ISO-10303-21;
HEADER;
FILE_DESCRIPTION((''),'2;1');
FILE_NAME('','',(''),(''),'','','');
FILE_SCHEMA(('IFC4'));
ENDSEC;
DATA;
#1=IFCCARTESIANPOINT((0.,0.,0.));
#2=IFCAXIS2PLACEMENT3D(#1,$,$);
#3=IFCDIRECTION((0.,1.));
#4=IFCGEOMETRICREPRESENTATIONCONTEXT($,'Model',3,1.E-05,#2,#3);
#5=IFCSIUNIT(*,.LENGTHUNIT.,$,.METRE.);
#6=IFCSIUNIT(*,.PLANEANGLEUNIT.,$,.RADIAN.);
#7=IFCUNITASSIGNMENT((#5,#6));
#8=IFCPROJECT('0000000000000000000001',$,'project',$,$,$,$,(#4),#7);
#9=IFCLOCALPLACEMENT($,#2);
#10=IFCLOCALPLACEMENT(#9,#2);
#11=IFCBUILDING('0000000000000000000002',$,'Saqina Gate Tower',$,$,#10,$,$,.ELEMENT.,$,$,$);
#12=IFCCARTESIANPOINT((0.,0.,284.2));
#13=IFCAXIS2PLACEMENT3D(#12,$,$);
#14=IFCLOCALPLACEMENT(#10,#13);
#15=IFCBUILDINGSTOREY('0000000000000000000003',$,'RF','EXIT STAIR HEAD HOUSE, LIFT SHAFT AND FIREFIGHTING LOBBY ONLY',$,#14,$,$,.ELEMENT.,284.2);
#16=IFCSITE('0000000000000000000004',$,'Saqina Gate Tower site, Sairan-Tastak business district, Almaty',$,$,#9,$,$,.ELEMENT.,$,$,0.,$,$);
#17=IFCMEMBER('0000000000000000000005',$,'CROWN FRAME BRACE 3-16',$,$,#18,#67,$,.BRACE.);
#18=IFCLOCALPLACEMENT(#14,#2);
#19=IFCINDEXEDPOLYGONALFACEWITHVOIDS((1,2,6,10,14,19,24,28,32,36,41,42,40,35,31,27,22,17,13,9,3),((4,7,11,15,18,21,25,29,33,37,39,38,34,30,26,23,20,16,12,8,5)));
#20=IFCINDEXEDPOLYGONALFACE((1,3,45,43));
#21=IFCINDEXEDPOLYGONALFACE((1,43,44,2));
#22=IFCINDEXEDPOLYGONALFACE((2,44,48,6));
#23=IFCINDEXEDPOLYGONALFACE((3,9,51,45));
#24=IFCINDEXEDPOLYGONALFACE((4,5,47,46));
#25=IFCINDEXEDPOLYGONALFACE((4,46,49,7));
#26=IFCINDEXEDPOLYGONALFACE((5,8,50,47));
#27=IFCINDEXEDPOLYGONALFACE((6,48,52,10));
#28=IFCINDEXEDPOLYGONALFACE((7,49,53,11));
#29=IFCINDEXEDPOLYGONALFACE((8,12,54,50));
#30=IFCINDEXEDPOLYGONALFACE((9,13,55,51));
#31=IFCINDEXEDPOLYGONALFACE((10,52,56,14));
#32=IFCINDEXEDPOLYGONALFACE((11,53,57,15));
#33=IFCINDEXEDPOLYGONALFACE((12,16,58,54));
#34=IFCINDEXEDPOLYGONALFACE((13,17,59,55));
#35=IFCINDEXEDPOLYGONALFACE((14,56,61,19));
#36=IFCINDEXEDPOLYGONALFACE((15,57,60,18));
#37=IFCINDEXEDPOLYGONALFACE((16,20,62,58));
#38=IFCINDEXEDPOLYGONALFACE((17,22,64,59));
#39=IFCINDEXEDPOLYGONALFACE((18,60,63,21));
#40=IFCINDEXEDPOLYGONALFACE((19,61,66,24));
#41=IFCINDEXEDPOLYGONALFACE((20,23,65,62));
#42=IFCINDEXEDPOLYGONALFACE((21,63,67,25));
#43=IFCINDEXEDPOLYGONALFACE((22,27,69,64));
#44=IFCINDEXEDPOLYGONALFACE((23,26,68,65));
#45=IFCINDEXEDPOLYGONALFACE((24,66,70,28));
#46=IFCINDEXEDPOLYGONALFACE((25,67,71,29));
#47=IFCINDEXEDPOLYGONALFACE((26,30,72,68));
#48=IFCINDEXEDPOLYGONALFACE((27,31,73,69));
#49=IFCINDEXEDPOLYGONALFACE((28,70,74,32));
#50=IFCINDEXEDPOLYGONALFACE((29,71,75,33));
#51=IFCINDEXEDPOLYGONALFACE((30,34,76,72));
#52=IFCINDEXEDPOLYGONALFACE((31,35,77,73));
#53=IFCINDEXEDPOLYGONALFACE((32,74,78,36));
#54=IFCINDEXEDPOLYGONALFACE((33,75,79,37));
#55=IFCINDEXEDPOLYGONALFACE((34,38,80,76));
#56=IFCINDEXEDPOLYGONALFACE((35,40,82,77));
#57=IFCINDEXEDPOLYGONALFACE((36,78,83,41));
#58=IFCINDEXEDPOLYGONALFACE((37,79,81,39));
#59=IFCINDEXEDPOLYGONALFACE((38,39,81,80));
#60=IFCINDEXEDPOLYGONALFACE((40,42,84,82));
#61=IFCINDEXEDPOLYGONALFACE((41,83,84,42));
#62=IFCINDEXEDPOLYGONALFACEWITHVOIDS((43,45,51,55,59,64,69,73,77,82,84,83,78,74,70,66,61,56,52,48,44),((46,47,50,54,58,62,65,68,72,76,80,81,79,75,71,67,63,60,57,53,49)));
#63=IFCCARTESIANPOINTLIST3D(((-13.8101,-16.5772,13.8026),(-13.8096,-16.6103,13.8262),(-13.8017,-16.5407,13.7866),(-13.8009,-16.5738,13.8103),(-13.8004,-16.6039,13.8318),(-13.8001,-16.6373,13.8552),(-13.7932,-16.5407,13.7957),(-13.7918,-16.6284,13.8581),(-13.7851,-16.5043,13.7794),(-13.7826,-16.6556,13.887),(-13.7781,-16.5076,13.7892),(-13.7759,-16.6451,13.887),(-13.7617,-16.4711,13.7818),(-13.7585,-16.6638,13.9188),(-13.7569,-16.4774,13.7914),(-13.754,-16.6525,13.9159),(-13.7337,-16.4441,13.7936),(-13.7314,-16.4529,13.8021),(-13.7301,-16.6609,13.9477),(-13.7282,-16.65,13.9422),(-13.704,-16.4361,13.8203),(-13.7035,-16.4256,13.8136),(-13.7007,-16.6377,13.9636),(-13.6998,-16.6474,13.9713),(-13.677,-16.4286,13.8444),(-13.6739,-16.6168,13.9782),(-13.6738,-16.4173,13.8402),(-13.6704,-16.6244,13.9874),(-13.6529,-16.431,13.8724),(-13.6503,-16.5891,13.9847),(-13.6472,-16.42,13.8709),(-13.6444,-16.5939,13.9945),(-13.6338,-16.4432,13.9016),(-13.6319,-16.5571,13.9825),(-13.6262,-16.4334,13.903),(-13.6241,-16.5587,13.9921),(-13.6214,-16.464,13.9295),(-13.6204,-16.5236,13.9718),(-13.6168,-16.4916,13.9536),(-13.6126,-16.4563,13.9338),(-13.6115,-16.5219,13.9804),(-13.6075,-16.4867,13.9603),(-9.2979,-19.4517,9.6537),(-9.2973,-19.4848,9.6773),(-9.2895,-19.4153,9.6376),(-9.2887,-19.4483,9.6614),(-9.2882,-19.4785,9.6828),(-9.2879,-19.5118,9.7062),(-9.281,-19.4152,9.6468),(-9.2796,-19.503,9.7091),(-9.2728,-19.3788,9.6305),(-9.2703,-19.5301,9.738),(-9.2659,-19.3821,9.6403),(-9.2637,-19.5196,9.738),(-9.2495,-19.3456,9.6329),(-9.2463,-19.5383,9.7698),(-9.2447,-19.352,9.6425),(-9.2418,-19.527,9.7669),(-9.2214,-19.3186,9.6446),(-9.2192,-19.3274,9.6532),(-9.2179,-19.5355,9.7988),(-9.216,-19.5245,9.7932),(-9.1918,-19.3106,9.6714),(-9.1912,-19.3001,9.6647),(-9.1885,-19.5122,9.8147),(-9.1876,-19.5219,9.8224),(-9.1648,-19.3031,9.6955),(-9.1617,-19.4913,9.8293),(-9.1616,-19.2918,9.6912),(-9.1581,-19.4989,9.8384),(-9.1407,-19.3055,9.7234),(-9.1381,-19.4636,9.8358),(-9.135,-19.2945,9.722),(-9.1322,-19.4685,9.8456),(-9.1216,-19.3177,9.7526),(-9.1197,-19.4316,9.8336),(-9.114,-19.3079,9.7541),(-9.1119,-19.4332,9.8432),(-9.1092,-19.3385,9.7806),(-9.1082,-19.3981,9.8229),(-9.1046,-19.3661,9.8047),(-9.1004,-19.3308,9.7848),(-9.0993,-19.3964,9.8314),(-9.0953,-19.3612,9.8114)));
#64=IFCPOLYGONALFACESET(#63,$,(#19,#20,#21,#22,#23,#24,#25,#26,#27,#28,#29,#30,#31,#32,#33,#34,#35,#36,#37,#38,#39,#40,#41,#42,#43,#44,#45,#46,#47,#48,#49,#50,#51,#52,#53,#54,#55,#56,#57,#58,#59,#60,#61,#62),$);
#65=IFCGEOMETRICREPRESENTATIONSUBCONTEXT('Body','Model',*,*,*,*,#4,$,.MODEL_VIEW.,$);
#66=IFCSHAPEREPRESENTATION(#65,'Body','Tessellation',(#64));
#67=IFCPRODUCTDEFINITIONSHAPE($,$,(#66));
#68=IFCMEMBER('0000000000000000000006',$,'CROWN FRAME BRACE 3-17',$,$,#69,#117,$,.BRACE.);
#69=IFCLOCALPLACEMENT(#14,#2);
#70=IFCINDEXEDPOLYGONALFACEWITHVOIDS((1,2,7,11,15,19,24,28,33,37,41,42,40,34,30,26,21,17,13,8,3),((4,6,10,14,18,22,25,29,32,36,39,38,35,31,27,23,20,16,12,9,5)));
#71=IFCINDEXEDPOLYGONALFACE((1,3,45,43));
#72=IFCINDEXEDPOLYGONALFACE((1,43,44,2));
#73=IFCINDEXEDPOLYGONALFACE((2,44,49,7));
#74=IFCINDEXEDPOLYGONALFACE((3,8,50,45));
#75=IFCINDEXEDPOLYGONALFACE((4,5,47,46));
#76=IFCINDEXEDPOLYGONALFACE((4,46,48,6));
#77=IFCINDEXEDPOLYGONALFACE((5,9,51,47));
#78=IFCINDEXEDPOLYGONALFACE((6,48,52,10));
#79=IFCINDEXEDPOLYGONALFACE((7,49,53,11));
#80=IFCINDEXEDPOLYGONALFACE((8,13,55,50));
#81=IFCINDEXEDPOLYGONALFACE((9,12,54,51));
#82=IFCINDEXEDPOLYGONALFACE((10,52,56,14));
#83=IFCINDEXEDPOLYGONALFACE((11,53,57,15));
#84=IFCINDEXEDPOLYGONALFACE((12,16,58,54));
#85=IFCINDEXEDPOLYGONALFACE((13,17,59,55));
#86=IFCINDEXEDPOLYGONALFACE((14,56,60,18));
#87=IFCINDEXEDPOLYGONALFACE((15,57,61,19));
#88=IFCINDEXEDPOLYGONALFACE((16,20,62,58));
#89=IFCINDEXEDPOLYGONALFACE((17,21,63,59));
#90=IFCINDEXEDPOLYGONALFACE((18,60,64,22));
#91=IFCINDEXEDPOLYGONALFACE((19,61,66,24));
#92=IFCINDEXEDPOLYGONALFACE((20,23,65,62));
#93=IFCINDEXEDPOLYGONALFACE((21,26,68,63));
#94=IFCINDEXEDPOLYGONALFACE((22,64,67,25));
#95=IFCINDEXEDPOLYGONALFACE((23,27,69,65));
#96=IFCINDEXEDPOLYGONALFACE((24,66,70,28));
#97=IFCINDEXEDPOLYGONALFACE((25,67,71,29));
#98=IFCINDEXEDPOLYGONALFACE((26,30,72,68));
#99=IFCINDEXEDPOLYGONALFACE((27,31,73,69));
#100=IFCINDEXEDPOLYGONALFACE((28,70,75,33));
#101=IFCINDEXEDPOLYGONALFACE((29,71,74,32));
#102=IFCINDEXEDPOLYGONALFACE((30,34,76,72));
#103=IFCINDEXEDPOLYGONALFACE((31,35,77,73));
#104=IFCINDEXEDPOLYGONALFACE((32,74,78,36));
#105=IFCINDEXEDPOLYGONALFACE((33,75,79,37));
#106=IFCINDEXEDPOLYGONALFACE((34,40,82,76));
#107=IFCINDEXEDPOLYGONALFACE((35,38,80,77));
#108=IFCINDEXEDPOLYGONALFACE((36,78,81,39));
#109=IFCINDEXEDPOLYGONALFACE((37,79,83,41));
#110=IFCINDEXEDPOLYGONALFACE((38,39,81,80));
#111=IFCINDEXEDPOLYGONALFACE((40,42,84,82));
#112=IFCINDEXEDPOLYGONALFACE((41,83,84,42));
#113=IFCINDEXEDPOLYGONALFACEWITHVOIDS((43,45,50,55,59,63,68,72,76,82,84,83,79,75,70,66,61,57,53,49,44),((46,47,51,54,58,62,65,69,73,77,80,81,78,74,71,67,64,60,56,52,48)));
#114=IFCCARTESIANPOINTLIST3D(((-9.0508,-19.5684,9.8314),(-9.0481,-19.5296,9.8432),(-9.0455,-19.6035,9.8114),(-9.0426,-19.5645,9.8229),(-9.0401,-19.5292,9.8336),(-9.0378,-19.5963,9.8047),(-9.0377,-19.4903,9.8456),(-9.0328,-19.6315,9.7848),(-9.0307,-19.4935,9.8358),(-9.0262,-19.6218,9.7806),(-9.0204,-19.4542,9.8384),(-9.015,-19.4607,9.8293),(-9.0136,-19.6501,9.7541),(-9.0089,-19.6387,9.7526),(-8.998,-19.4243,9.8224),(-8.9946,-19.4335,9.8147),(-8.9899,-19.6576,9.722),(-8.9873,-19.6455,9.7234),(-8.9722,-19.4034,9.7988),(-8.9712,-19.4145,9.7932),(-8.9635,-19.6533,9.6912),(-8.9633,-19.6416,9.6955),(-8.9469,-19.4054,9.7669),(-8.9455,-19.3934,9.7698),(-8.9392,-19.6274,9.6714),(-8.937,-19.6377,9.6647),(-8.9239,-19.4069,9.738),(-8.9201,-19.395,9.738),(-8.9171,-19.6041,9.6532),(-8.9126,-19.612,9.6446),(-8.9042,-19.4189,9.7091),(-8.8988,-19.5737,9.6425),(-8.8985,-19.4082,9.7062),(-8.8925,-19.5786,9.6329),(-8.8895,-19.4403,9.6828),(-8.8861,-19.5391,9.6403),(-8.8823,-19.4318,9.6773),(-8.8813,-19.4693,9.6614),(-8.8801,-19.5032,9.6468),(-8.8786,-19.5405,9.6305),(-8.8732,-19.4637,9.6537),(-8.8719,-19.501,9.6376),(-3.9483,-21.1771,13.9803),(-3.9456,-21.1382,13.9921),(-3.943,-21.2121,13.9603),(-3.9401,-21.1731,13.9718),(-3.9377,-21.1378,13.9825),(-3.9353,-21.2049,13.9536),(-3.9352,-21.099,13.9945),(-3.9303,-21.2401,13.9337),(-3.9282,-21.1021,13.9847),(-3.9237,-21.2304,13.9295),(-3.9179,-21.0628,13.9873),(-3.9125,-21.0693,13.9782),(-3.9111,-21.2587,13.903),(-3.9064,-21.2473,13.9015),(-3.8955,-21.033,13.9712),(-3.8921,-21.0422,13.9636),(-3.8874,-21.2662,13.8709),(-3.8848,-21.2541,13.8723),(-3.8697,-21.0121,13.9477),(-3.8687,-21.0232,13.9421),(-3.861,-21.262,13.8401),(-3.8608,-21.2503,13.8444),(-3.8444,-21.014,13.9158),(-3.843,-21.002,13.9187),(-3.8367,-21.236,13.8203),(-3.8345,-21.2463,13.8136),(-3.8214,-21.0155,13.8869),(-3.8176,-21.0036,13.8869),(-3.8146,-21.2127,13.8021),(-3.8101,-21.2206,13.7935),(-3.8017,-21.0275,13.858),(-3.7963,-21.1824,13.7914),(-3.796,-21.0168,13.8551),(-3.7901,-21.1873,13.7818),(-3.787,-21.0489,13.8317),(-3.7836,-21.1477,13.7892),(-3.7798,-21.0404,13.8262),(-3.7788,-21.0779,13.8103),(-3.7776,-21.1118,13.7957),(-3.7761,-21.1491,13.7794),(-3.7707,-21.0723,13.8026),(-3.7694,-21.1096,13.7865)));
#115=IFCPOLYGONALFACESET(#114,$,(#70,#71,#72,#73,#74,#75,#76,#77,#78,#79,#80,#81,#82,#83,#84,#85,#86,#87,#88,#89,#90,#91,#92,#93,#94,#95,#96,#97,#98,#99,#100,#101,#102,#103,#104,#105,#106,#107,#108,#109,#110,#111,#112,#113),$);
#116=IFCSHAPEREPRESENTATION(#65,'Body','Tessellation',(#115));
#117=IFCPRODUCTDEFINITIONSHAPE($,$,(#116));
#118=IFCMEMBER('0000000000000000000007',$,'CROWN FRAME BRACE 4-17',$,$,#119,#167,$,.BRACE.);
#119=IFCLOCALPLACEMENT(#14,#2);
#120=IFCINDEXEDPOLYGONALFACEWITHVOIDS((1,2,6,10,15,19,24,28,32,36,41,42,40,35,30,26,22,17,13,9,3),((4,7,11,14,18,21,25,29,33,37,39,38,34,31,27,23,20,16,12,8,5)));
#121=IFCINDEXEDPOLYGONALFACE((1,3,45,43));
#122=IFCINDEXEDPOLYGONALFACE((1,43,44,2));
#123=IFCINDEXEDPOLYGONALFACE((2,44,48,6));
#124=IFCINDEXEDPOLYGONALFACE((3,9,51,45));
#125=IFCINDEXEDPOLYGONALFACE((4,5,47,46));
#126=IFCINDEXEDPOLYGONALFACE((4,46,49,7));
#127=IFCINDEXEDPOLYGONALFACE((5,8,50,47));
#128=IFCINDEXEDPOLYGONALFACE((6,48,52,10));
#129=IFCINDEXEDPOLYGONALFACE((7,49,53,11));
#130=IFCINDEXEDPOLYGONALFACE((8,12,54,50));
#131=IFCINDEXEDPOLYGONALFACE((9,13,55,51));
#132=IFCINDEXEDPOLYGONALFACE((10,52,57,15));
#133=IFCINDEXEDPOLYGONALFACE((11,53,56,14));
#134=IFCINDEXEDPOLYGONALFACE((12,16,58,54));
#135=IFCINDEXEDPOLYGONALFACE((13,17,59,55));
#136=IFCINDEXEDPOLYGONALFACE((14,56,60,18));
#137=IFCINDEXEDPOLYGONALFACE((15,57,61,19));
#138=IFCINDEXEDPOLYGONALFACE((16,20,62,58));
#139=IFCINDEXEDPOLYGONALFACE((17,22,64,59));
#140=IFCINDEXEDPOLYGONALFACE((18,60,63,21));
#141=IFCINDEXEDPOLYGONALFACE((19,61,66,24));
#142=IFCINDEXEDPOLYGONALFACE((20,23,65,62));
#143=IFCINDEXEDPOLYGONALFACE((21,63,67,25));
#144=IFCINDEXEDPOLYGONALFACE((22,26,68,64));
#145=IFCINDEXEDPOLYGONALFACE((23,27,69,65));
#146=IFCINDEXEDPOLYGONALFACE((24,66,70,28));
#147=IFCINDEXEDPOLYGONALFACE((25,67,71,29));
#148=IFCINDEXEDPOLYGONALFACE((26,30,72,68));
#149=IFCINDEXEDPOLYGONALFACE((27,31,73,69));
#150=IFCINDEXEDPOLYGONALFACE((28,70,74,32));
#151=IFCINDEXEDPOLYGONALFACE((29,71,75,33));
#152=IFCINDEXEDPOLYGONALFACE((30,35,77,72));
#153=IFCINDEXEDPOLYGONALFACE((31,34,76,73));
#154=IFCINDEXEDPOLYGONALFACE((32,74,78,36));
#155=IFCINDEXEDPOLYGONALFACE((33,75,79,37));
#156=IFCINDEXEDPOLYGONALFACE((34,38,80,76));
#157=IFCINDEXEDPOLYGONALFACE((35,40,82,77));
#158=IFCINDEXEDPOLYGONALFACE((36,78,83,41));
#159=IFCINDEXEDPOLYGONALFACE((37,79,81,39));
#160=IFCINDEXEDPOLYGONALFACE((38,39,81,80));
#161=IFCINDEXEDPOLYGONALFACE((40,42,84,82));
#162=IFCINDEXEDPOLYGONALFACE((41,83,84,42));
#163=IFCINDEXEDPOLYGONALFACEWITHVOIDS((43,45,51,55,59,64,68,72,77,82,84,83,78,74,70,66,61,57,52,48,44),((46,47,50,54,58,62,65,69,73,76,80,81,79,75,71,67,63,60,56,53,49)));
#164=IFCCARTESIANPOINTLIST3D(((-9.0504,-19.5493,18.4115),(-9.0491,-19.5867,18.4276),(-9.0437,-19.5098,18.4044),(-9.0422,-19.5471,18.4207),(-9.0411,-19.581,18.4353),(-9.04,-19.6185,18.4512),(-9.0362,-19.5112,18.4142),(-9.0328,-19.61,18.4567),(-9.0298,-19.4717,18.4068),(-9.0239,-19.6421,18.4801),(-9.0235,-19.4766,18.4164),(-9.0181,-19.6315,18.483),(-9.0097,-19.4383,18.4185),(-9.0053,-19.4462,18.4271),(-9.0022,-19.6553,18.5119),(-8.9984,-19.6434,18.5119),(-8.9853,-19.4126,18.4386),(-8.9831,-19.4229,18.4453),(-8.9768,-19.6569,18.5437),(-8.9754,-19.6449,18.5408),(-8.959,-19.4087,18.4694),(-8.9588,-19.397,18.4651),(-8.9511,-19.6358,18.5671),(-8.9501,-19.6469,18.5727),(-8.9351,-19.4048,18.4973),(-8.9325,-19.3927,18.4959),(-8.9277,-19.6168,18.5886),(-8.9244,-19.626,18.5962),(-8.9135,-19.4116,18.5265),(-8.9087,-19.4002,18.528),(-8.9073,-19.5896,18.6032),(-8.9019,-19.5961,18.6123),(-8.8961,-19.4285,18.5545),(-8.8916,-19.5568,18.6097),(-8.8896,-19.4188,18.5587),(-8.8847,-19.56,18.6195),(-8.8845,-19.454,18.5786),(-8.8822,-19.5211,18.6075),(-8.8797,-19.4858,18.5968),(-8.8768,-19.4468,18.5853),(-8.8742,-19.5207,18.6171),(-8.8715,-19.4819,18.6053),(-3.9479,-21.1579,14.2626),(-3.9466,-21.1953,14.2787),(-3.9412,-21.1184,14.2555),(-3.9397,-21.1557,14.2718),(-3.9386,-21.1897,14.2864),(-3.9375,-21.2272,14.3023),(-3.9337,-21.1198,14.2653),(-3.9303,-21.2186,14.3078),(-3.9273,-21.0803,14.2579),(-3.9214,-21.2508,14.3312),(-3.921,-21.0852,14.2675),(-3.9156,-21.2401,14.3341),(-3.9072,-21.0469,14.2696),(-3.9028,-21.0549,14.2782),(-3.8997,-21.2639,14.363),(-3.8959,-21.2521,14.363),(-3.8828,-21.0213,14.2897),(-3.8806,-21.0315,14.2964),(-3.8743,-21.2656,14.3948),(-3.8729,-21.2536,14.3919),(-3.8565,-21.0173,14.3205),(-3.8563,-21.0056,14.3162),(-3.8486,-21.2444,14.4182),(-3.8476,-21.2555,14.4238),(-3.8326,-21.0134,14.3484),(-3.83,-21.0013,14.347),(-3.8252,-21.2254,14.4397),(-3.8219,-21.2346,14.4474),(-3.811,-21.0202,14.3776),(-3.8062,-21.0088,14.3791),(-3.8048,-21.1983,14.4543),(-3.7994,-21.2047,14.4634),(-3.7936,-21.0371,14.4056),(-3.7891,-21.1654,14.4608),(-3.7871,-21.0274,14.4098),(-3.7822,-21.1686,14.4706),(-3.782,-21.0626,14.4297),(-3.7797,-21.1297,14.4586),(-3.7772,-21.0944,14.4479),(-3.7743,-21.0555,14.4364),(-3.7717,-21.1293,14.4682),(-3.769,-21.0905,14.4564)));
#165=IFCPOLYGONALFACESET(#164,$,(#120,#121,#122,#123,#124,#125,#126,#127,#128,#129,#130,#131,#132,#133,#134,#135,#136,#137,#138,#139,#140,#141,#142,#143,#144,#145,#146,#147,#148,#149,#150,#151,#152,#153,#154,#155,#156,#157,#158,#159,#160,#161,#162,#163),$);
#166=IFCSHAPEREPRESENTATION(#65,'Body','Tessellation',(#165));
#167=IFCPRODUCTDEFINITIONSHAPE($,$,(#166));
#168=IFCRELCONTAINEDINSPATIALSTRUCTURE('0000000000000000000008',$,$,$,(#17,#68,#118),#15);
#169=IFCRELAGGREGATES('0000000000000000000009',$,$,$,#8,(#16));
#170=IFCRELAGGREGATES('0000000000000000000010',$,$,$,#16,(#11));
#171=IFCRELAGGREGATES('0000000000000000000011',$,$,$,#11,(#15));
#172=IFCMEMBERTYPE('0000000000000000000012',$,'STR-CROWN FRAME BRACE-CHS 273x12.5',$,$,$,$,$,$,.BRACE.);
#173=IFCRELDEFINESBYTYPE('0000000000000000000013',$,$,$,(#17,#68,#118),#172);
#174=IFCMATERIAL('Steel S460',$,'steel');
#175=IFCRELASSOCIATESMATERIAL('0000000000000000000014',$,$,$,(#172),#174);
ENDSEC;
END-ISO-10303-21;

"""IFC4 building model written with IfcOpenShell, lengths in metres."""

from ifc_helpers import new_model, si_unit, direction, frame, origin, origin_2d, place, context, subcontext, project, spatial, hollow_circle, extrude, material, material_profile, profile_set, type_object, element, save


model = new_model("IFC4")

# Units and contexts
model_context = context("Model", 3, precision=1e-05, world=origin(), true_north=direction((0.0, 1.0)))
body_context = subcontext(model_context, "Body", "Model", "MODEL_VIEW")
ifc_project = project(units=[si_unit("LENGTHUNIT", "METRE"), si_unit("PLANEANGLEUNIT", "RADIAN")], contexts=[model_context])

# Site, building, storey
site_placement = place(None, origin())
site = spatial("IfcSite", under=ifc_project, at=site_placement, Name="Saqina Gate Tower site, Sairan-Tastak business district, Almaty", CompositionType="ELEMENT", RefElevation=0.0)
building_placement = place(site_placement, origin())
building = spatial("IfcBuilding", under=site, at=building_placement, Name="Saqina Gate Tower", CompositionType="ELEMENT")
storey_placement = place(building_placement, frame((0.0, 0.0, 284.2)))
storey = spatial("IfcBuildingStorey", under=building, at=storey_placement, Name="RF", Description="EXIT STAIR HEAD HOUSE, LIFT SHAFT AND FIREFIGHTING LOBBY ONLY", CompositionType="ELEMENT", Elevation=284.2)

# Members
ifc_material_1 = material(Name="Steel S460", Category="steel")
ifc_material_profile_1 = material_profile(ifc_material_1, hollow_circle(Radius=0.1365, WallThickness=0.0125, at=origin_2d()), Name="CHS 273x12.5")
ifc_profile_set_1 = profile_set([ifc_material_profile_1], Name="Steel S460")
member_type = type_object("IfcMemberType", Name="STR-CROWN FRAME BRACE-CHS 273x12.5", PredefinedType="BRACE", material=ifc_profile_set_1)
for number, where, z_axis, x_axis, name in (
    (1, (-9.197, -19.415, 9.738), (-0.666475, 0.424579, 0.612816), (-0.537289, -0.843398, 0.0), "CROWN FRAME BRACE 3-16"),
    (2, (-8.9612, -19.5251, 9.738), (0.753663, -0.237602, 0.612811), (0.300675, 0.953727, 0.0), "CROWN FRAME BRACE 3-17"),
    (3, (-3.8586, -21.1338, 14.363), (-0.753663, 0.237602, 0.612811), (-0.300675, -0.953727, 0.0), "CROWN FRAME BRACE 4-17"),
):
    element("IfcMember", number, at=place(storey_placement, frame(where, z_axis=z_axis, x_axis=x_axis)), inside=storey, type_object=member_type, Name=name, PredefinedType="BRACE", context=body_context, shape_type="SweptSolid", body=[
        extrude(hollow_circle(Radius=0.1365, WallThickness=0.0125, at=origin_2d()), origin(), (0.0, 0.0, 1.0), 6.7703),
    ])

save(model, "model.ifc")
